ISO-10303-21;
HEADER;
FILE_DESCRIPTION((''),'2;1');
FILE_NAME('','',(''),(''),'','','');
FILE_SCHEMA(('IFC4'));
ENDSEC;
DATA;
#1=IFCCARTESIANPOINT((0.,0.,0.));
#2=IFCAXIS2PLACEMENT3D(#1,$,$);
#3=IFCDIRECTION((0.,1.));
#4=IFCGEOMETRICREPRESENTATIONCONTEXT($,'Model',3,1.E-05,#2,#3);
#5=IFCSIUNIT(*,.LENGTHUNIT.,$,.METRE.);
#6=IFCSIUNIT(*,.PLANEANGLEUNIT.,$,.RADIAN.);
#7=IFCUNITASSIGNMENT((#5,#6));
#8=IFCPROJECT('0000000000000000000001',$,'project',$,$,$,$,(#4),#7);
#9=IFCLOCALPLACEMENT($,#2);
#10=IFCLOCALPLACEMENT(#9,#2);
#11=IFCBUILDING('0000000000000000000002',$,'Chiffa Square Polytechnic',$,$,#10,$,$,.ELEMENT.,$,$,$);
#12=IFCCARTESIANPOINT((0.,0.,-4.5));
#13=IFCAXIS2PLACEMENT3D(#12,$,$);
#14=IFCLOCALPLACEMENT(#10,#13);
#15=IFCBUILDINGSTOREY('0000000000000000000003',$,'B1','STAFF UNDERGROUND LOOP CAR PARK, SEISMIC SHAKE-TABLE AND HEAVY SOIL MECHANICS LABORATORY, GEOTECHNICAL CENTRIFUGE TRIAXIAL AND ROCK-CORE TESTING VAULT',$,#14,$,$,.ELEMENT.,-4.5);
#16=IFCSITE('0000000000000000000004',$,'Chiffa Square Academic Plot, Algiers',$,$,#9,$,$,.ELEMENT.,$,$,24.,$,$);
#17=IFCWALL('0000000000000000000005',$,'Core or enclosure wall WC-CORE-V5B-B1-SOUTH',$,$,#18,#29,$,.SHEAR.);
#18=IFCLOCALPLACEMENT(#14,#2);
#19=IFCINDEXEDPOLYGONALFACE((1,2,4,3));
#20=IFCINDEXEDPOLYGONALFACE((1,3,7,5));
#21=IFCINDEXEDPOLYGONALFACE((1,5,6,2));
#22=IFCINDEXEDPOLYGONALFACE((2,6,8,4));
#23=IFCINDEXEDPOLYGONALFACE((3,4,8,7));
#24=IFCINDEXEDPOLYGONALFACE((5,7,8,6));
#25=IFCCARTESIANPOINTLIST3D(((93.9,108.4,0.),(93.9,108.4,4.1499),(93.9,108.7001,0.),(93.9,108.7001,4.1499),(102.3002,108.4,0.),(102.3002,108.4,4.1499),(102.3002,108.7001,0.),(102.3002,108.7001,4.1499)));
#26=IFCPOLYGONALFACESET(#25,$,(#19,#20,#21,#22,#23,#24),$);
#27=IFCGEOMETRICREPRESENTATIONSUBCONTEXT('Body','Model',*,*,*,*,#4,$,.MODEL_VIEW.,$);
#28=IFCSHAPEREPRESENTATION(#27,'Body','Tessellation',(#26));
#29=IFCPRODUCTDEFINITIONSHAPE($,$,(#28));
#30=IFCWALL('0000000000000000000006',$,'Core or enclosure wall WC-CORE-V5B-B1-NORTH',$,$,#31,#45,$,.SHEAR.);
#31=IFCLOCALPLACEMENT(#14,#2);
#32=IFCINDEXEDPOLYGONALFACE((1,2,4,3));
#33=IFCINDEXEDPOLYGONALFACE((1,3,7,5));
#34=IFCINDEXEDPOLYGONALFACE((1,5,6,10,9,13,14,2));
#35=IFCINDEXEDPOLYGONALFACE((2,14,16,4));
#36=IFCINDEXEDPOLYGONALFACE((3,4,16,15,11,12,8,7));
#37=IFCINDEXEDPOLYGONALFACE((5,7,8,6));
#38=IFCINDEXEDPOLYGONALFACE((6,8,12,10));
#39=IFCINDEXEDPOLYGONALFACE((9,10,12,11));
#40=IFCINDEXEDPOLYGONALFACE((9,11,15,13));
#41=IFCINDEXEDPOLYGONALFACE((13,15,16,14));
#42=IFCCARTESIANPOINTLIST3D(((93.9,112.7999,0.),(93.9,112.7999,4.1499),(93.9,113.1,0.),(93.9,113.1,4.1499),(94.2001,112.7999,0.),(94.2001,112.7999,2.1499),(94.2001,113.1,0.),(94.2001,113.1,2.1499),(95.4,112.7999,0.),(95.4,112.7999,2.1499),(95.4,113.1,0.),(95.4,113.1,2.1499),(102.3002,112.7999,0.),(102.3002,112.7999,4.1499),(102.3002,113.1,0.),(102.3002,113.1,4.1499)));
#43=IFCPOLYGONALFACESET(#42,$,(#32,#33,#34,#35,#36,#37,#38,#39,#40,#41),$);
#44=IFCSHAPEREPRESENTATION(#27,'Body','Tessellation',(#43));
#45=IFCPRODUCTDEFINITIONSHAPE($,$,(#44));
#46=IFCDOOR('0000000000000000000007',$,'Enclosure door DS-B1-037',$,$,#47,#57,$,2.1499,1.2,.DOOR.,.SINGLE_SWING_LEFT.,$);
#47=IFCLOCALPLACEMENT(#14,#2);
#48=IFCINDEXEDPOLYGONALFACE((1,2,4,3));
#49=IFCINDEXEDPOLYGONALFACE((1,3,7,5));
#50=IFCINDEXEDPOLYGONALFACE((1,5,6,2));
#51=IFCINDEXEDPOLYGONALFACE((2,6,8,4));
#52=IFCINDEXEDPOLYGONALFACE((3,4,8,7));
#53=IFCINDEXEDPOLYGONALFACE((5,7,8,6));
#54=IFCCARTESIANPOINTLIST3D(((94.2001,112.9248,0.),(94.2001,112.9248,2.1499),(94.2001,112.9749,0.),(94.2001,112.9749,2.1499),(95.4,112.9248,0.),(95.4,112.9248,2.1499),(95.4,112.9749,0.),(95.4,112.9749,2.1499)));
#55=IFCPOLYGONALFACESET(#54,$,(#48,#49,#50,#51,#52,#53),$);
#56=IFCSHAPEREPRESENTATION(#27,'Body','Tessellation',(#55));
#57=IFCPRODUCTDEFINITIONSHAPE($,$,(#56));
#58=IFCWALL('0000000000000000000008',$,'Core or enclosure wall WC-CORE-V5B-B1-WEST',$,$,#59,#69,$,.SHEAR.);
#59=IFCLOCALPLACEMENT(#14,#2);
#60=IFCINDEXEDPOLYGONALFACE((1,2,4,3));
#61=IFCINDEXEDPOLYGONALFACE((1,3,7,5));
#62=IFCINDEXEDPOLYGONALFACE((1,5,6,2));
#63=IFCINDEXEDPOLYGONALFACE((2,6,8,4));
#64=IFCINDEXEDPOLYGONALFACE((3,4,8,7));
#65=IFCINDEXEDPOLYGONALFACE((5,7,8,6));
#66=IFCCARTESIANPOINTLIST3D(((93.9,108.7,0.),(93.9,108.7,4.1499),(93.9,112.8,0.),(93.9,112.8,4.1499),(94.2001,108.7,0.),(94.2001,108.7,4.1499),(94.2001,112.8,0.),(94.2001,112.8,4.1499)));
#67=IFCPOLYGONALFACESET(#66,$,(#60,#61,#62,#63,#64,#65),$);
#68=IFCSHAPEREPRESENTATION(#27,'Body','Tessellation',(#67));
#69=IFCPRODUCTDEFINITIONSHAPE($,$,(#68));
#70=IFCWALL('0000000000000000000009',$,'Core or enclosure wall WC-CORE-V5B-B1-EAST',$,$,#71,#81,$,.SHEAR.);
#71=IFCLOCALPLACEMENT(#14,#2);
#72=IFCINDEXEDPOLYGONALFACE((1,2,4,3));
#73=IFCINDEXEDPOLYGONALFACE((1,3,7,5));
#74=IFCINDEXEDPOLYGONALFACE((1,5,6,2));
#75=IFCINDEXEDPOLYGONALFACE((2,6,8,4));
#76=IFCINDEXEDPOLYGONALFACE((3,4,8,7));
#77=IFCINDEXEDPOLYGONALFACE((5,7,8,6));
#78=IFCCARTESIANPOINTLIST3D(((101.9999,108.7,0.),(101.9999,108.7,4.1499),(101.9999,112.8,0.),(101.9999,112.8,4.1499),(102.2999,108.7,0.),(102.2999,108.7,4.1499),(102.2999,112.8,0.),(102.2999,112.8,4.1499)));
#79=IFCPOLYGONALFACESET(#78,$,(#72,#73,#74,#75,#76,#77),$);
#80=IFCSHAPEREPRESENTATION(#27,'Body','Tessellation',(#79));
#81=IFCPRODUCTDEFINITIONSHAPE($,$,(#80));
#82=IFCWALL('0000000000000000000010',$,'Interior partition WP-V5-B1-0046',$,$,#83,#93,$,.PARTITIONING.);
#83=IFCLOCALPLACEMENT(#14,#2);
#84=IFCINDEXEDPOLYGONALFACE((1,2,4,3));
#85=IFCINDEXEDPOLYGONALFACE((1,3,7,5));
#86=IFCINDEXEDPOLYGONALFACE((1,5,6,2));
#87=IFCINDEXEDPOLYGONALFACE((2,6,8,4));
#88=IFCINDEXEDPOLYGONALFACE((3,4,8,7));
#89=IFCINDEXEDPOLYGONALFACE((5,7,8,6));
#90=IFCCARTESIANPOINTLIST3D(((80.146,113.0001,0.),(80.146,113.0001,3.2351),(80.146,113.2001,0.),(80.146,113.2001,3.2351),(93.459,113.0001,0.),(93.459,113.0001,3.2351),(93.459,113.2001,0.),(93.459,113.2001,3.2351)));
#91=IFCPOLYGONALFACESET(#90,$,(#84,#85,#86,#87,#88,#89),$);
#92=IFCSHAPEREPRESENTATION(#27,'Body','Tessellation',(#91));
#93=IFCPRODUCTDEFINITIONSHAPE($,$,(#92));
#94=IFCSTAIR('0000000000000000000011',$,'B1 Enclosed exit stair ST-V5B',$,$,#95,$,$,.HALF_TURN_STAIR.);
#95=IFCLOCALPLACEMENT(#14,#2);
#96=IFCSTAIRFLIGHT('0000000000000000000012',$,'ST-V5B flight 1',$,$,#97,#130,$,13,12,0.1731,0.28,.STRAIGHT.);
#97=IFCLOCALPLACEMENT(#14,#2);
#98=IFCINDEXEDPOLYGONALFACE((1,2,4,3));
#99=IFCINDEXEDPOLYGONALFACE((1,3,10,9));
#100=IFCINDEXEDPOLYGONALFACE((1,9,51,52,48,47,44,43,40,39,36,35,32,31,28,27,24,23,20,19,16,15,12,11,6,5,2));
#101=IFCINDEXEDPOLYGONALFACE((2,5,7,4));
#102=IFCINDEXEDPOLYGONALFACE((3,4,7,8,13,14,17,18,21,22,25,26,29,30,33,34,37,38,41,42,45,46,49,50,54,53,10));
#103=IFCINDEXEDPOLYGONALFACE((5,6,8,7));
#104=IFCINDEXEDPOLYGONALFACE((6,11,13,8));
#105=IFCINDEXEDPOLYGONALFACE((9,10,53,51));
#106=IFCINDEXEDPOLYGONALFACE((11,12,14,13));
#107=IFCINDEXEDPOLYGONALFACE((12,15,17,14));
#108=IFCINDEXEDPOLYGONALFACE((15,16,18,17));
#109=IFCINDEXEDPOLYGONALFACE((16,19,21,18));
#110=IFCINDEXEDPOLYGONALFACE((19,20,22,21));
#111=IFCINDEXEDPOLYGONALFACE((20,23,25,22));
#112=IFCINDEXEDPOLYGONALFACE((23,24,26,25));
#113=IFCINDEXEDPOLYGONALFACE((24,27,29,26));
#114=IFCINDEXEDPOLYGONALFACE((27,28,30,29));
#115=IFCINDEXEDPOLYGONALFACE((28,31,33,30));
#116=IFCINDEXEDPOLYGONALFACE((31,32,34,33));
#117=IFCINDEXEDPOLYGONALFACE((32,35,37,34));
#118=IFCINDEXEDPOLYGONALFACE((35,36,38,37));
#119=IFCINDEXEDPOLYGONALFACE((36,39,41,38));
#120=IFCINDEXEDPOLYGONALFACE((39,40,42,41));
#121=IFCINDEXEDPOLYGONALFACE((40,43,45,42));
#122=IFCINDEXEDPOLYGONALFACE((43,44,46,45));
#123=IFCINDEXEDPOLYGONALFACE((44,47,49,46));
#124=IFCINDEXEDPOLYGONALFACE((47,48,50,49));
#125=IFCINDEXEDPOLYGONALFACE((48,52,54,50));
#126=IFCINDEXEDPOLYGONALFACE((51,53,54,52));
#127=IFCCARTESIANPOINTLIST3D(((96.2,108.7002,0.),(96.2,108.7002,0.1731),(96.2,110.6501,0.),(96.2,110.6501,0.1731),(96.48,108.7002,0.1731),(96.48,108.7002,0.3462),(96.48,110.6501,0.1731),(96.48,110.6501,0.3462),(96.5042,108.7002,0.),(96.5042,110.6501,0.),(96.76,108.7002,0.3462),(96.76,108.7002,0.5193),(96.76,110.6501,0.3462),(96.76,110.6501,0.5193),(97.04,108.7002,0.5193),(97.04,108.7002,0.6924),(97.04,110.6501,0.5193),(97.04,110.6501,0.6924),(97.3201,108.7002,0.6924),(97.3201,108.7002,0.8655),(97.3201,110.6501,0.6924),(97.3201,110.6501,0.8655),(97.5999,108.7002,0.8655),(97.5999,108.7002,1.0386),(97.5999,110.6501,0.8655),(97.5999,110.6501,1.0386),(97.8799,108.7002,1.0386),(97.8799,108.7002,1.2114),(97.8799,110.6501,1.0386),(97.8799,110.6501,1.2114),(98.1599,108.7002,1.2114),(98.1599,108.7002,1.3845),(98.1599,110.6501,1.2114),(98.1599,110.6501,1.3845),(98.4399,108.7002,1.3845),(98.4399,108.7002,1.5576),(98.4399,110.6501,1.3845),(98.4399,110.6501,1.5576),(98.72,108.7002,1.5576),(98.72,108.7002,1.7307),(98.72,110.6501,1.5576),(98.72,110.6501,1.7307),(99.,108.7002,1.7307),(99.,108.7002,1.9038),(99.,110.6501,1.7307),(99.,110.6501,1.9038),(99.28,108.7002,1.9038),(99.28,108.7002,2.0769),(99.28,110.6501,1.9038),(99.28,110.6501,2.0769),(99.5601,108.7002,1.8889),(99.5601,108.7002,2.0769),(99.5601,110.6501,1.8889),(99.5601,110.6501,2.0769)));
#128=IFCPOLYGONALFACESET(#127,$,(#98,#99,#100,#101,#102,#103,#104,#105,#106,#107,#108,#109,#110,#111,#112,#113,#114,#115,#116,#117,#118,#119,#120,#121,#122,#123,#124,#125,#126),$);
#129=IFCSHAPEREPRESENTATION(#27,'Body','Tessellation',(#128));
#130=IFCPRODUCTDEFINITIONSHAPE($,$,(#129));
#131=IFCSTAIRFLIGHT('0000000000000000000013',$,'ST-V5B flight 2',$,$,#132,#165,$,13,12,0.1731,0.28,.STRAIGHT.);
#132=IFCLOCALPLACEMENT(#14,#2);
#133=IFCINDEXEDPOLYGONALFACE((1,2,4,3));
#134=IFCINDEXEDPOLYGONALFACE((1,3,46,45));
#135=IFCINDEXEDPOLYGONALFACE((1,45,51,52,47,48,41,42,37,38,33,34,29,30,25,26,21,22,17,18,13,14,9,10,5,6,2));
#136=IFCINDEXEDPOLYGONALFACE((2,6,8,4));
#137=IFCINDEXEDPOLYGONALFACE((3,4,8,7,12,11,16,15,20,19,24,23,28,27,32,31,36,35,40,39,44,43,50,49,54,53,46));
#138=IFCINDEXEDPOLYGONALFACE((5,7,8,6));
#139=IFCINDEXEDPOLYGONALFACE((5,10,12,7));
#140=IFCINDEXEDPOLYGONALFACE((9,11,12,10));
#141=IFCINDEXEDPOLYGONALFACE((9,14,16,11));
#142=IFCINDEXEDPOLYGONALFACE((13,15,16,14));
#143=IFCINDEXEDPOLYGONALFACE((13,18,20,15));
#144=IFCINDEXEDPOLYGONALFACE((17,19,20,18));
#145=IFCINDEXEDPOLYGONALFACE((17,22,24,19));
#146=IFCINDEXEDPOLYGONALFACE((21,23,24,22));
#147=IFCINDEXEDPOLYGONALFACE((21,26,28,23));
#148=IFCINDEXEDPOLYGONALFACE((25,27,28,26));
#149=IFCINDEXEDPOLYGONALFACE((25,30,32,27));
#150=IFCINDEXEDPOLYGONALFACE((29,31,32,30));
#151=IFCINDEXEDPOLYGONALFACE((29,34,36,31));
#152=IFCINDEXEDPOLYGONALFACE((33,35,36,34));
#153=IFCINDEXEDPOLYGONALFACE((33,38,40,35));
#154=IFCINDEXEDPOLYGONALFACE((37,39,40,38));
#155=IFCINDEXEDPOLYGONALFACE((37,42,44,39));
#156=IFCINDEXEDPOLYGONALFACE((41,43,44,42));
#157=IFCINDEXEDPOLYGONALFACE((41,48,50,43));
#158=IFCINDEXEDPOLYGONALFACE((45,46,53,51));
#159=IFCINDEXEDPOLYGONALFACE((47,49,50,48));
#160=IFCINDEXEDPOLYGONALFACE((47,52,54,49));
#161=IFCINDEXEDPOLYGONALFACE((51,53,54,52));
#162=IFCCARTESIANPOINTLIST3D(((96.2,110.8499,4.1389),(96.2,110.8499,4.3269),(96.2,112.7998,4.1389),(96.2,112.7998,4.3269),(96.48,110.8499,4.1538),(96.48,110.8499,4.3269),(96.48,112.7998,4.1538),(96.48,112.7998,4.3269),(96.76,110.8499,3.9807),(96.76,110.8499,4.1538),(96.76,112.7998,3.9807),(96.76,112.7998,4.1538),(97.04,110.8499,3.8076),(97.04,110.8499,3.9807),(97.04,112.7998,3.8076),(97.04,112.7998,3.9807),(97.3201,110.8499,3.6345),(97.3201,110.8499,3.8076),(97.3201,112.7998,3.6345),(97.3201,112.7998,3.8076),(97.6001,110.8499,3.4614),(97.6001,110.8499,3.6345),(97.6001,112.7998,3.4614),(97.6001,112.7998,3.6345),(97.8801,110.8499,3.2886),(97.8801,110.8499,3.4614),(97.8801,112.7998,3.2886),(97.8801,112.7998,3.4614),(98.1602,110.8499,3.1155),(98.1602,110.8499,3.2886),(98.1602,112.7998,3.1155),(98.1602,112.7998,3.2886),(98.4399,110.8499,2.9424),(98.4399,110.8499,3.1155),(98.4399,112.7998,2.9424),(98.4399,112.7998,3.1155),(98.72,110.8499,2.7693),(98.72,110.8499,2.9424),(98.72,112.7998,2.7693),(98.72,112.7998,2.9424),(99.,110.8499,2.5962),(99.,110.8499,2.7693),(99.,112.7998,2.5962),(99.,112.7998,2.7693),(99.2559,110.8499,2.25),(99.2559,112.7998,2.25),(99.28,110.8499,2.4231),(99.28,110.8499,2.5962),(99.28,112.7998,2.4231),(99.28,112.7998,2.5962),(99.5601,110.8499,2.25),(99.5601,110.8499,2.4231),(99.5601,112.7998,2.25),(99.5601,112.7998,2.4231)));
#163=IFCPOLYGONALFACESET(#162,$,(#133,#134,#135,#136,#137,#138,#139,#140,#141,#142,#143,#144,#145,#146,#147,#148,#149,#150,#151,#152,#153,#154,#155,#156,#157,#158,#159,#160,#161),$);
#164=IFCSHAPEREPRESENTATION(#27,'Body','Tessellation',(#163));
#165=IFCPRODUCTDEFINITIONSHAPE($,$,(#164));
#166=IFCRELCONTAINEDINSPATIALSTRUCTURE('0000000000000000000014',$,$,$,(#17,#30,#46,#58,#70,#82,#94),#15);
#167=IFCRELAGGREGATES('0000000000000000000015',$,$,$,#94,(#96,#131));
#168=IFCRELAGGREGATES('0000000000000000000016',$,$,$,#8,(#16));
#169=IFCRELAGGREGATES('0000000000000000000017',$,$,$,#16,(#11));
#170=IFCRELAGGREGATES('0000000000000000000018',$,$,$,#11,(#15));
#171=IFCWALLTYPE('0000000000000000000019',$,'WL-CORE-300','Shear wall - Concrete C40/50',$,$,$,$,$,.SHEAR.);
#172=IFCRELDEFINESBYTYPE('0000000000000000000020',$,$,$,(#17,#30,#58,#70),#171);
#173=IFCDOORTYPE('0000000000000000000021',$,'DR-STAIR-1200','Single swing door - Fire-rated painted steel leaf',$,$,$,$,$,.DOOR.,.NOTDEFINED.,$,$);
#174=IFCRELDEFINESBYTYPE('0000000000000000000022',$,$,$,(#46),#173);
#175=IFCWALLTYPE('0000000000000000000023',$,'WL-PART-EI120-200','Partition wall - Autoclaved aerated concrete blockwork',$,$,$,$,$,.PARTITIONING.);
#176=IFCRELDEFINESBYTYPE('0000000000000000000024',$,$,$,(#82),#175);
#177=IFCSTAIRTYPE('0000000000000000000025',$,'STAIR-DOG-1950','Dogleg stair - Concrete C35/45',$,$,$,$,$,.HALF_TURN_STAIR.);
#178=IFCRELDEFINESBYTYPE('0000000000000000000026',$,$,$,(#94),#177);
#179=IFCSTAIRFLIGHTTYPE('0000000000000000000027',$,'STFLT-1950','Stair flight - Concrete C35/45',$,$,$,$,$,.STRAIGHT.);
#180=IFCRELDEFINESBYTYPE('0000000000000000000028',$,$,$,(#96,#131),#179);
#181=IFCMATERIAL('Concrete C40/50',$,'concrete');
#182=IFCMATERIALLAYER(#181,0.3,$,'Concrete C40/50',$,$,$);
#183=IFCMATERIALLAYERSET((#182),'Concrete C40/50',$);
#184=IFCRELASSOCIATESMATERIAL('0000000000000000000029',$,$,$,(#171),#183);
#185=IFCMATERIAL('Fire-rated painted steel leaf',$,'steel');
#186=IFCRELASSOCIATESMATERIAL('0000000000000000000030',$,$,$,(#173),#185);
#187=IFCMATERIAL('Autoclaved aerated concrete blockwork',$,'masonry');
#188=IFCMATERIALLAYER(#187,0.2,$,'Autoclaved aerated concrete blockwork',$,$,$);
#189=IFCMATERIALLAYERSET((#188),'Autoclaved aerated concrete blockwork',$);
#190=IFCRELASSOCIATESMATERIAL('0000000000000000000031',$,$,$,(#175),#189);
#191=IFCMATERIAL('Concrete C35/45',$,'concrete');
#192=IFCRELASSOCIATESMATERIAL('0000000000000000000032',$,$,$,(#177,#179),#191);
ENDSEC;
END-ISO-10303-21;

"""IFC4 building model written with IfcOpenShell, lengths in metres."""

from ifc_helpers import new_model, si_unit, direction, frame, frame_2d, origin, place, context, subcontext, project, spatial, polyline, rectangle, outline, extrude, material, layer, layer_set, type_object, element, fill, aggregate, save


model = new_model("IFC4")

# Units and contexts
model_context = context("Model", 3, precision=1e-05, world=origin(), true_north=direction((0.0, 1.0)))
body_context = subcontext(model_context, "Body", "Model", "MODEL_VIEW")
ifc_project = project(units=[si_unit("LENGTHUNIT", "METRE"), si_unit("PLANEANGLEUNIT", "RADIAN")], contexts=[model_context])

# Site, building, storey
site_placement = place(None, origin())
site = spatial("IfcSite", under=ifc_project, at=site_placement, Name="Chiffa Square Academic Plot, Algiers", CompositionType="ELEMENT", RefElevation=24.0)
building_placement = place(site_placement, origin())
building = spatial("IfcBuilding", under=site, at=building_placement, Name="Chiffa Square Polytechnic", CompositionType="ELEMENT")
storey_placement = place(building_placement, frame((0.0, 0.0, -4.5)))
storey = spatial("IfcBuildingStorey", under=building, at=storey_placement, Name="B1", Description="STAFF UNDERGROUND LOOP CAR PARK, SEISMIC SHAKE-TABLE AND HEAVY SOIL MECHANICS LABORATORY, GEOTECHNICAL CENTRIFUGE TRIAXIAL AND ROCK-CORE TESTING VAULT", CompositionType="ELEMENT", Elevation=-4.5)

# Shared definitions
ifc_material_1 = material(Name="Concrete C35/45", Category="concrete")

# Shared definitions
ifc_material_2 = material(Name="Concrete C40/50", Category="concrete")

# Wall
ifc_layer_1 = layer(ifc_material_2, 0.3, Name="Concrete C40/50")
ifc_layer_set_1 = layer_set([ifc_layer_1], Name="Concrete C40/50")
wall_type_1 = type_object("IfcWallType", Name="WL-CORE-300", Description="Shear wall - Concrete C40/50", PredefinedType="SHEAR", material=ifc_layer_set_1)
wall_1_placement = place(storey_placement, frame((93.8999, 108.55, 0.0), z_axis=(0.0, 0.0, 1.0), x_axis=(1.0, 0.0, 0.0)))
element("IfcWall", 1, at=wall_1_placement, inside=storey, type_object=wall_type_1, Name="Core or enclosure wall WC-CORE-V5B-B1-SOUTH", PredefinedType="SHEAR", context=body_context, shape_type="SweptSolid", body=[
    extrude(rectangle(XDim=8.4001, YDim=0.3, at=frame_2d((4.2002, 0.0))), origin(), (0.0, 0.0, 1.0), 4.1499),
])

# Wall, opening, door
wall_2_placement = place(storey_placement, frame((93.8999, 112.95, 0.0), z_axis=(0.0, 0.0, 1.0), x_axis=(1.0, 0.0, 0.0)))
wall_2 = element("IfcWall", 2, at=wall_2_placement, inside=storey, type_object=wall_type_1, Name="Core or enclosure wall WC-CORE-V5B-B1-NORTH", PredefinedType="SHEAR", context=body_context, shape_type="SweptSolid", body=[
    extrude(rectangle(XDim=8.4001, YDim=0.3, at=frame_2d((4.2002, 0.0))), origin(), (0.0, 0.0, 1.0), 4.1499),
])
opening_placement = place(wall_2_placement, frame((0.3, 0.0, 0.0)))
opening = element("IfcOpeningElement", 3, at=opening_placement, cuts=wall_2, PredefinedType="OPENING", context=body_context, shape_type="SweptSolid", body=[
    extrude(rectangle(XDim=1.2, YDim=2.1499, at=frame_2d((0.6001, 1.075))), frame((0.0, 0.1602, 0.0), z_axis=(0.0, -1.0, 0.0), x_axis=(1.0, 0.0, 0.0)), (0.0, 0.0, 1.0), 0.3201),
])
ifc_material_3 = material(Name="Fire-rated painted steel leaf", Category="steel")
door_type = type_object("IfcDoorType", Name="DR-STAIR-1200", Description="Single swing door - Fire-rated painted steel leaf", OperationType="NOTDEFINED", PredefinedType="DOOR", material=ifc_material_3)
door_placement = place(opening_placement, origin())
door = element("IfcDoor", 4, at=door_placement, inside=storey, type_object=door_type, Name="Enclosure door DS-B1-037", OperationType="SINGLE_SWING_LEFT", OverallHeight=2.1499, OverallWidth=1.2, PredefinedType="DOOR", context=body_context, shape_type="SweptSolid", body=[
    extrude(rectangle(XDim=1.2, YDim=2.1499, at=frame_2d((0.6001, 1.075))), frame((0.0, 0.0249, 0.0), z_axis=(0.0, -1.0, 0.0), x_axis=(1.0, 0.0, 0.0)), (0.0, 0.0, 1.0), 0.05),
])
fill(opening, door)

# Walls
for number, where, z_axis, x_axis, name in (
    (5, (94.05, 108.7, 0.0), (0.0, 0.0, 1.0), (0.0, 1.0, 0.0), "Core or enclosure wall WC-CORE-V5B-B1-WEST"),
    (6, (102.1499, 108.7, 0.0), (0.0, 0.0, 1.0), (0.0, 1.0, 0.0), "Core or enclosure wall WC-CORE-V5B-B1-EAST"),
):
    element("IfcWall", number, at=place(storey_placement, frame(where, z_axis=z_axis, x_axis=x_axis)), inside=storey, type_object=wall_type_1, Name=name, PredefinedType="SHEAR", context=body_context, shape_type="SweptSolid", body=[
        extrude(rectangle(XDim=4.1001, YDim=0.3, at=frame_2d((2.05, 0.0))), origin(), (0.0, 0.0, 1.0), 4.1499),
    ])
ifc_material_4 = material(Name="Autoclaved aerated concrete blockwork", Category="masonry")
ifc_layer_2 = layer(ifc_material_4, 0.2, Name="Autoclaved aerated concrete blockwork")
ifc_layer_set_2 = layer_set([ifc_layer_2], Name="Autoclaved aerated concrete blockwork")
wall_type_2 = type_object("IfcWallType", Name="WL-PART-EI120-200", Description="Partition wall - Autoclaved aerated concrete blockwork", PredefinedType="PARTITIONING", material=ifc_layer_set_2)
wall_3_placement = place(storey_placement, frame((80.146, 113.1001, 0.0), z_axis=(0.0, 0.0, 1.0), x_axis=(1.0, 0.0, 0.0)))
element("IfcWall", 7, at=wall_3_placement, inside=storey, type_object=wall_type_2, Name="Interior partition WP-V5-B1-0046", PredefinedType="PARTITIONING", context=body_context, shape_type="SweptSolid", body=[
    extrude(rectangle(XDim=13.313, YDim=0.2, at=frame_2d((6.6565, 0.0))), origin(), (0.0, 0.0, 1.0), 3.2351),
])

# Stair, stair flights
stair_type = type_object("IfcStairType", Name="STAIR-DOG-1950", Description="Dogleg stair - Concrete C35/45", PredefinedType="HALF_TURN_STAIR", material=ifc_material_1)
stair_placement = place(storey_placement, origin())
stair = element("IfcStair", 8, at=stair_placement, inside=storey, type_object=stair_type, Name="B1 Enclosed exit stair ST-V5B", PredefinedType="HALF_TURN_STAIR")
stair_flight_type = type_object("IfcStairFlightType", Name="STFLT-1950", Description="Stair flight - Concrete C35/45", PredefinedType="STRAIGHT", material=ifc_material_1)
stair_flight_1_placement = place(storey_placement, frame((96.2, 109.675, 0.0), z_axis=(0.0, 0.0, 1.0), x_axis=(1.0, 0.0, 0.0)))
stair_flight_1 = element("IfcStairFlight", 9, at=stair_flight_1_placement, type_object=stair_flight_type, Name="ST-V5B flight 1", NumberOfRisers=13, NumberOfTreads=12, PredefinedType="STRAIGHT", RiserHeight=0.1731, TreadLength=0.28, context=body_context, shape_type="SweptSolid", body=[
    extrude(outline(polyline([(0.0, 0.0), (0.0, 0.1731), (0.28, 0.1731), (0.28, 0.3462), (0.5601, 0.3462), (0.5601, 0.5193), (0.8401, 0.5193), (0.8401, 0.6924), (1.1201, 0.6924), (1.1201, 0.8655), (1.3999, 0.8655), (1.3999, 1.0386), (1.6799, 1.0386), (1.6799, 1.2114), (1.96, 1.2114), (1.96, 1.3845), (2.24, 1.3845), (2.24, 1.5576), (2.52, 1.5576), (2.52, 1.7307), (2.8, 1.7307), (2.8, 1.9038), (3.0801, 1.9038), (3.0801, 2.0769), (3.3601, 2.0769), (3.3601, 2.25), (3.3601, 1.8889), (0.3042, 0.0), (0.0, 0.0)])), frame((0.0, 0.9751, 0.0), z_axis=(0.0, -1.0, 0.0), x_axis=(1.0, 0.0, 0.0)), (0.0, 0.0, 1.0), 1.95),
])
stair_flight_2_placement = place(storey_placement, frame((99.5601, 111.825, 2.25), z_axis=(0.0, 0.0, 1.0), x_axis=(-1.0, 0.0, 0.0)))
stair_flight_2 = element("IfcStairFlight", 10, at=stair_flight_2_placement, type_object=stair_flight_type, Name="ST-V5B flight 2", NumberOfRisers=13, NumberOfTreads=12, PredefinedType="STRAIGHT", RiserHeight=0.1731, TreadLength=0.28, context=body_context, shape_type="SweptSolid", body=[
    extrude(outline(polyline([(0.0, 0.0), (0.0, 0.1731), (0.28, 0.1731), (0.28, 0.3462), (0.5601, 0.3462), (0.5601, 0.5193), (0.8401, 0.5193), (0.8401, 0.6924), (1.1201, 0.6924), (1.1201, 0.8655), (1.3999, 0.8655), (1.3999, 1.0386), (1.6799, 1.0386), (1.6799, 1.2114), (1.96, 1.2114), (1.96, 1.3845), (2.24, 1.3845), (2.24, 1.5576), (2.52, 1.5576), (2.52, 1.7307), (2.8, 1.7307), (2.8, 1.9038), (3.0801, 1.9038), (3.0801, 2.0769), (3.3601, 2.0769), (3.3601, 2.25), (3.3601, 1.8889), (0.3042, 0.0), (0.0, 0.0)])), frame((0.0, 0.9751, 0.0), z_axis=(0.0, -1.0, 0.0), x_axis=(1.0, 0.0, 0.0)), (0.0, 0.0, 1.0), 1.95),
])
aggregate(stair, [stair_flight_1, stair_flight_2])

save(model, "model.ifc")
